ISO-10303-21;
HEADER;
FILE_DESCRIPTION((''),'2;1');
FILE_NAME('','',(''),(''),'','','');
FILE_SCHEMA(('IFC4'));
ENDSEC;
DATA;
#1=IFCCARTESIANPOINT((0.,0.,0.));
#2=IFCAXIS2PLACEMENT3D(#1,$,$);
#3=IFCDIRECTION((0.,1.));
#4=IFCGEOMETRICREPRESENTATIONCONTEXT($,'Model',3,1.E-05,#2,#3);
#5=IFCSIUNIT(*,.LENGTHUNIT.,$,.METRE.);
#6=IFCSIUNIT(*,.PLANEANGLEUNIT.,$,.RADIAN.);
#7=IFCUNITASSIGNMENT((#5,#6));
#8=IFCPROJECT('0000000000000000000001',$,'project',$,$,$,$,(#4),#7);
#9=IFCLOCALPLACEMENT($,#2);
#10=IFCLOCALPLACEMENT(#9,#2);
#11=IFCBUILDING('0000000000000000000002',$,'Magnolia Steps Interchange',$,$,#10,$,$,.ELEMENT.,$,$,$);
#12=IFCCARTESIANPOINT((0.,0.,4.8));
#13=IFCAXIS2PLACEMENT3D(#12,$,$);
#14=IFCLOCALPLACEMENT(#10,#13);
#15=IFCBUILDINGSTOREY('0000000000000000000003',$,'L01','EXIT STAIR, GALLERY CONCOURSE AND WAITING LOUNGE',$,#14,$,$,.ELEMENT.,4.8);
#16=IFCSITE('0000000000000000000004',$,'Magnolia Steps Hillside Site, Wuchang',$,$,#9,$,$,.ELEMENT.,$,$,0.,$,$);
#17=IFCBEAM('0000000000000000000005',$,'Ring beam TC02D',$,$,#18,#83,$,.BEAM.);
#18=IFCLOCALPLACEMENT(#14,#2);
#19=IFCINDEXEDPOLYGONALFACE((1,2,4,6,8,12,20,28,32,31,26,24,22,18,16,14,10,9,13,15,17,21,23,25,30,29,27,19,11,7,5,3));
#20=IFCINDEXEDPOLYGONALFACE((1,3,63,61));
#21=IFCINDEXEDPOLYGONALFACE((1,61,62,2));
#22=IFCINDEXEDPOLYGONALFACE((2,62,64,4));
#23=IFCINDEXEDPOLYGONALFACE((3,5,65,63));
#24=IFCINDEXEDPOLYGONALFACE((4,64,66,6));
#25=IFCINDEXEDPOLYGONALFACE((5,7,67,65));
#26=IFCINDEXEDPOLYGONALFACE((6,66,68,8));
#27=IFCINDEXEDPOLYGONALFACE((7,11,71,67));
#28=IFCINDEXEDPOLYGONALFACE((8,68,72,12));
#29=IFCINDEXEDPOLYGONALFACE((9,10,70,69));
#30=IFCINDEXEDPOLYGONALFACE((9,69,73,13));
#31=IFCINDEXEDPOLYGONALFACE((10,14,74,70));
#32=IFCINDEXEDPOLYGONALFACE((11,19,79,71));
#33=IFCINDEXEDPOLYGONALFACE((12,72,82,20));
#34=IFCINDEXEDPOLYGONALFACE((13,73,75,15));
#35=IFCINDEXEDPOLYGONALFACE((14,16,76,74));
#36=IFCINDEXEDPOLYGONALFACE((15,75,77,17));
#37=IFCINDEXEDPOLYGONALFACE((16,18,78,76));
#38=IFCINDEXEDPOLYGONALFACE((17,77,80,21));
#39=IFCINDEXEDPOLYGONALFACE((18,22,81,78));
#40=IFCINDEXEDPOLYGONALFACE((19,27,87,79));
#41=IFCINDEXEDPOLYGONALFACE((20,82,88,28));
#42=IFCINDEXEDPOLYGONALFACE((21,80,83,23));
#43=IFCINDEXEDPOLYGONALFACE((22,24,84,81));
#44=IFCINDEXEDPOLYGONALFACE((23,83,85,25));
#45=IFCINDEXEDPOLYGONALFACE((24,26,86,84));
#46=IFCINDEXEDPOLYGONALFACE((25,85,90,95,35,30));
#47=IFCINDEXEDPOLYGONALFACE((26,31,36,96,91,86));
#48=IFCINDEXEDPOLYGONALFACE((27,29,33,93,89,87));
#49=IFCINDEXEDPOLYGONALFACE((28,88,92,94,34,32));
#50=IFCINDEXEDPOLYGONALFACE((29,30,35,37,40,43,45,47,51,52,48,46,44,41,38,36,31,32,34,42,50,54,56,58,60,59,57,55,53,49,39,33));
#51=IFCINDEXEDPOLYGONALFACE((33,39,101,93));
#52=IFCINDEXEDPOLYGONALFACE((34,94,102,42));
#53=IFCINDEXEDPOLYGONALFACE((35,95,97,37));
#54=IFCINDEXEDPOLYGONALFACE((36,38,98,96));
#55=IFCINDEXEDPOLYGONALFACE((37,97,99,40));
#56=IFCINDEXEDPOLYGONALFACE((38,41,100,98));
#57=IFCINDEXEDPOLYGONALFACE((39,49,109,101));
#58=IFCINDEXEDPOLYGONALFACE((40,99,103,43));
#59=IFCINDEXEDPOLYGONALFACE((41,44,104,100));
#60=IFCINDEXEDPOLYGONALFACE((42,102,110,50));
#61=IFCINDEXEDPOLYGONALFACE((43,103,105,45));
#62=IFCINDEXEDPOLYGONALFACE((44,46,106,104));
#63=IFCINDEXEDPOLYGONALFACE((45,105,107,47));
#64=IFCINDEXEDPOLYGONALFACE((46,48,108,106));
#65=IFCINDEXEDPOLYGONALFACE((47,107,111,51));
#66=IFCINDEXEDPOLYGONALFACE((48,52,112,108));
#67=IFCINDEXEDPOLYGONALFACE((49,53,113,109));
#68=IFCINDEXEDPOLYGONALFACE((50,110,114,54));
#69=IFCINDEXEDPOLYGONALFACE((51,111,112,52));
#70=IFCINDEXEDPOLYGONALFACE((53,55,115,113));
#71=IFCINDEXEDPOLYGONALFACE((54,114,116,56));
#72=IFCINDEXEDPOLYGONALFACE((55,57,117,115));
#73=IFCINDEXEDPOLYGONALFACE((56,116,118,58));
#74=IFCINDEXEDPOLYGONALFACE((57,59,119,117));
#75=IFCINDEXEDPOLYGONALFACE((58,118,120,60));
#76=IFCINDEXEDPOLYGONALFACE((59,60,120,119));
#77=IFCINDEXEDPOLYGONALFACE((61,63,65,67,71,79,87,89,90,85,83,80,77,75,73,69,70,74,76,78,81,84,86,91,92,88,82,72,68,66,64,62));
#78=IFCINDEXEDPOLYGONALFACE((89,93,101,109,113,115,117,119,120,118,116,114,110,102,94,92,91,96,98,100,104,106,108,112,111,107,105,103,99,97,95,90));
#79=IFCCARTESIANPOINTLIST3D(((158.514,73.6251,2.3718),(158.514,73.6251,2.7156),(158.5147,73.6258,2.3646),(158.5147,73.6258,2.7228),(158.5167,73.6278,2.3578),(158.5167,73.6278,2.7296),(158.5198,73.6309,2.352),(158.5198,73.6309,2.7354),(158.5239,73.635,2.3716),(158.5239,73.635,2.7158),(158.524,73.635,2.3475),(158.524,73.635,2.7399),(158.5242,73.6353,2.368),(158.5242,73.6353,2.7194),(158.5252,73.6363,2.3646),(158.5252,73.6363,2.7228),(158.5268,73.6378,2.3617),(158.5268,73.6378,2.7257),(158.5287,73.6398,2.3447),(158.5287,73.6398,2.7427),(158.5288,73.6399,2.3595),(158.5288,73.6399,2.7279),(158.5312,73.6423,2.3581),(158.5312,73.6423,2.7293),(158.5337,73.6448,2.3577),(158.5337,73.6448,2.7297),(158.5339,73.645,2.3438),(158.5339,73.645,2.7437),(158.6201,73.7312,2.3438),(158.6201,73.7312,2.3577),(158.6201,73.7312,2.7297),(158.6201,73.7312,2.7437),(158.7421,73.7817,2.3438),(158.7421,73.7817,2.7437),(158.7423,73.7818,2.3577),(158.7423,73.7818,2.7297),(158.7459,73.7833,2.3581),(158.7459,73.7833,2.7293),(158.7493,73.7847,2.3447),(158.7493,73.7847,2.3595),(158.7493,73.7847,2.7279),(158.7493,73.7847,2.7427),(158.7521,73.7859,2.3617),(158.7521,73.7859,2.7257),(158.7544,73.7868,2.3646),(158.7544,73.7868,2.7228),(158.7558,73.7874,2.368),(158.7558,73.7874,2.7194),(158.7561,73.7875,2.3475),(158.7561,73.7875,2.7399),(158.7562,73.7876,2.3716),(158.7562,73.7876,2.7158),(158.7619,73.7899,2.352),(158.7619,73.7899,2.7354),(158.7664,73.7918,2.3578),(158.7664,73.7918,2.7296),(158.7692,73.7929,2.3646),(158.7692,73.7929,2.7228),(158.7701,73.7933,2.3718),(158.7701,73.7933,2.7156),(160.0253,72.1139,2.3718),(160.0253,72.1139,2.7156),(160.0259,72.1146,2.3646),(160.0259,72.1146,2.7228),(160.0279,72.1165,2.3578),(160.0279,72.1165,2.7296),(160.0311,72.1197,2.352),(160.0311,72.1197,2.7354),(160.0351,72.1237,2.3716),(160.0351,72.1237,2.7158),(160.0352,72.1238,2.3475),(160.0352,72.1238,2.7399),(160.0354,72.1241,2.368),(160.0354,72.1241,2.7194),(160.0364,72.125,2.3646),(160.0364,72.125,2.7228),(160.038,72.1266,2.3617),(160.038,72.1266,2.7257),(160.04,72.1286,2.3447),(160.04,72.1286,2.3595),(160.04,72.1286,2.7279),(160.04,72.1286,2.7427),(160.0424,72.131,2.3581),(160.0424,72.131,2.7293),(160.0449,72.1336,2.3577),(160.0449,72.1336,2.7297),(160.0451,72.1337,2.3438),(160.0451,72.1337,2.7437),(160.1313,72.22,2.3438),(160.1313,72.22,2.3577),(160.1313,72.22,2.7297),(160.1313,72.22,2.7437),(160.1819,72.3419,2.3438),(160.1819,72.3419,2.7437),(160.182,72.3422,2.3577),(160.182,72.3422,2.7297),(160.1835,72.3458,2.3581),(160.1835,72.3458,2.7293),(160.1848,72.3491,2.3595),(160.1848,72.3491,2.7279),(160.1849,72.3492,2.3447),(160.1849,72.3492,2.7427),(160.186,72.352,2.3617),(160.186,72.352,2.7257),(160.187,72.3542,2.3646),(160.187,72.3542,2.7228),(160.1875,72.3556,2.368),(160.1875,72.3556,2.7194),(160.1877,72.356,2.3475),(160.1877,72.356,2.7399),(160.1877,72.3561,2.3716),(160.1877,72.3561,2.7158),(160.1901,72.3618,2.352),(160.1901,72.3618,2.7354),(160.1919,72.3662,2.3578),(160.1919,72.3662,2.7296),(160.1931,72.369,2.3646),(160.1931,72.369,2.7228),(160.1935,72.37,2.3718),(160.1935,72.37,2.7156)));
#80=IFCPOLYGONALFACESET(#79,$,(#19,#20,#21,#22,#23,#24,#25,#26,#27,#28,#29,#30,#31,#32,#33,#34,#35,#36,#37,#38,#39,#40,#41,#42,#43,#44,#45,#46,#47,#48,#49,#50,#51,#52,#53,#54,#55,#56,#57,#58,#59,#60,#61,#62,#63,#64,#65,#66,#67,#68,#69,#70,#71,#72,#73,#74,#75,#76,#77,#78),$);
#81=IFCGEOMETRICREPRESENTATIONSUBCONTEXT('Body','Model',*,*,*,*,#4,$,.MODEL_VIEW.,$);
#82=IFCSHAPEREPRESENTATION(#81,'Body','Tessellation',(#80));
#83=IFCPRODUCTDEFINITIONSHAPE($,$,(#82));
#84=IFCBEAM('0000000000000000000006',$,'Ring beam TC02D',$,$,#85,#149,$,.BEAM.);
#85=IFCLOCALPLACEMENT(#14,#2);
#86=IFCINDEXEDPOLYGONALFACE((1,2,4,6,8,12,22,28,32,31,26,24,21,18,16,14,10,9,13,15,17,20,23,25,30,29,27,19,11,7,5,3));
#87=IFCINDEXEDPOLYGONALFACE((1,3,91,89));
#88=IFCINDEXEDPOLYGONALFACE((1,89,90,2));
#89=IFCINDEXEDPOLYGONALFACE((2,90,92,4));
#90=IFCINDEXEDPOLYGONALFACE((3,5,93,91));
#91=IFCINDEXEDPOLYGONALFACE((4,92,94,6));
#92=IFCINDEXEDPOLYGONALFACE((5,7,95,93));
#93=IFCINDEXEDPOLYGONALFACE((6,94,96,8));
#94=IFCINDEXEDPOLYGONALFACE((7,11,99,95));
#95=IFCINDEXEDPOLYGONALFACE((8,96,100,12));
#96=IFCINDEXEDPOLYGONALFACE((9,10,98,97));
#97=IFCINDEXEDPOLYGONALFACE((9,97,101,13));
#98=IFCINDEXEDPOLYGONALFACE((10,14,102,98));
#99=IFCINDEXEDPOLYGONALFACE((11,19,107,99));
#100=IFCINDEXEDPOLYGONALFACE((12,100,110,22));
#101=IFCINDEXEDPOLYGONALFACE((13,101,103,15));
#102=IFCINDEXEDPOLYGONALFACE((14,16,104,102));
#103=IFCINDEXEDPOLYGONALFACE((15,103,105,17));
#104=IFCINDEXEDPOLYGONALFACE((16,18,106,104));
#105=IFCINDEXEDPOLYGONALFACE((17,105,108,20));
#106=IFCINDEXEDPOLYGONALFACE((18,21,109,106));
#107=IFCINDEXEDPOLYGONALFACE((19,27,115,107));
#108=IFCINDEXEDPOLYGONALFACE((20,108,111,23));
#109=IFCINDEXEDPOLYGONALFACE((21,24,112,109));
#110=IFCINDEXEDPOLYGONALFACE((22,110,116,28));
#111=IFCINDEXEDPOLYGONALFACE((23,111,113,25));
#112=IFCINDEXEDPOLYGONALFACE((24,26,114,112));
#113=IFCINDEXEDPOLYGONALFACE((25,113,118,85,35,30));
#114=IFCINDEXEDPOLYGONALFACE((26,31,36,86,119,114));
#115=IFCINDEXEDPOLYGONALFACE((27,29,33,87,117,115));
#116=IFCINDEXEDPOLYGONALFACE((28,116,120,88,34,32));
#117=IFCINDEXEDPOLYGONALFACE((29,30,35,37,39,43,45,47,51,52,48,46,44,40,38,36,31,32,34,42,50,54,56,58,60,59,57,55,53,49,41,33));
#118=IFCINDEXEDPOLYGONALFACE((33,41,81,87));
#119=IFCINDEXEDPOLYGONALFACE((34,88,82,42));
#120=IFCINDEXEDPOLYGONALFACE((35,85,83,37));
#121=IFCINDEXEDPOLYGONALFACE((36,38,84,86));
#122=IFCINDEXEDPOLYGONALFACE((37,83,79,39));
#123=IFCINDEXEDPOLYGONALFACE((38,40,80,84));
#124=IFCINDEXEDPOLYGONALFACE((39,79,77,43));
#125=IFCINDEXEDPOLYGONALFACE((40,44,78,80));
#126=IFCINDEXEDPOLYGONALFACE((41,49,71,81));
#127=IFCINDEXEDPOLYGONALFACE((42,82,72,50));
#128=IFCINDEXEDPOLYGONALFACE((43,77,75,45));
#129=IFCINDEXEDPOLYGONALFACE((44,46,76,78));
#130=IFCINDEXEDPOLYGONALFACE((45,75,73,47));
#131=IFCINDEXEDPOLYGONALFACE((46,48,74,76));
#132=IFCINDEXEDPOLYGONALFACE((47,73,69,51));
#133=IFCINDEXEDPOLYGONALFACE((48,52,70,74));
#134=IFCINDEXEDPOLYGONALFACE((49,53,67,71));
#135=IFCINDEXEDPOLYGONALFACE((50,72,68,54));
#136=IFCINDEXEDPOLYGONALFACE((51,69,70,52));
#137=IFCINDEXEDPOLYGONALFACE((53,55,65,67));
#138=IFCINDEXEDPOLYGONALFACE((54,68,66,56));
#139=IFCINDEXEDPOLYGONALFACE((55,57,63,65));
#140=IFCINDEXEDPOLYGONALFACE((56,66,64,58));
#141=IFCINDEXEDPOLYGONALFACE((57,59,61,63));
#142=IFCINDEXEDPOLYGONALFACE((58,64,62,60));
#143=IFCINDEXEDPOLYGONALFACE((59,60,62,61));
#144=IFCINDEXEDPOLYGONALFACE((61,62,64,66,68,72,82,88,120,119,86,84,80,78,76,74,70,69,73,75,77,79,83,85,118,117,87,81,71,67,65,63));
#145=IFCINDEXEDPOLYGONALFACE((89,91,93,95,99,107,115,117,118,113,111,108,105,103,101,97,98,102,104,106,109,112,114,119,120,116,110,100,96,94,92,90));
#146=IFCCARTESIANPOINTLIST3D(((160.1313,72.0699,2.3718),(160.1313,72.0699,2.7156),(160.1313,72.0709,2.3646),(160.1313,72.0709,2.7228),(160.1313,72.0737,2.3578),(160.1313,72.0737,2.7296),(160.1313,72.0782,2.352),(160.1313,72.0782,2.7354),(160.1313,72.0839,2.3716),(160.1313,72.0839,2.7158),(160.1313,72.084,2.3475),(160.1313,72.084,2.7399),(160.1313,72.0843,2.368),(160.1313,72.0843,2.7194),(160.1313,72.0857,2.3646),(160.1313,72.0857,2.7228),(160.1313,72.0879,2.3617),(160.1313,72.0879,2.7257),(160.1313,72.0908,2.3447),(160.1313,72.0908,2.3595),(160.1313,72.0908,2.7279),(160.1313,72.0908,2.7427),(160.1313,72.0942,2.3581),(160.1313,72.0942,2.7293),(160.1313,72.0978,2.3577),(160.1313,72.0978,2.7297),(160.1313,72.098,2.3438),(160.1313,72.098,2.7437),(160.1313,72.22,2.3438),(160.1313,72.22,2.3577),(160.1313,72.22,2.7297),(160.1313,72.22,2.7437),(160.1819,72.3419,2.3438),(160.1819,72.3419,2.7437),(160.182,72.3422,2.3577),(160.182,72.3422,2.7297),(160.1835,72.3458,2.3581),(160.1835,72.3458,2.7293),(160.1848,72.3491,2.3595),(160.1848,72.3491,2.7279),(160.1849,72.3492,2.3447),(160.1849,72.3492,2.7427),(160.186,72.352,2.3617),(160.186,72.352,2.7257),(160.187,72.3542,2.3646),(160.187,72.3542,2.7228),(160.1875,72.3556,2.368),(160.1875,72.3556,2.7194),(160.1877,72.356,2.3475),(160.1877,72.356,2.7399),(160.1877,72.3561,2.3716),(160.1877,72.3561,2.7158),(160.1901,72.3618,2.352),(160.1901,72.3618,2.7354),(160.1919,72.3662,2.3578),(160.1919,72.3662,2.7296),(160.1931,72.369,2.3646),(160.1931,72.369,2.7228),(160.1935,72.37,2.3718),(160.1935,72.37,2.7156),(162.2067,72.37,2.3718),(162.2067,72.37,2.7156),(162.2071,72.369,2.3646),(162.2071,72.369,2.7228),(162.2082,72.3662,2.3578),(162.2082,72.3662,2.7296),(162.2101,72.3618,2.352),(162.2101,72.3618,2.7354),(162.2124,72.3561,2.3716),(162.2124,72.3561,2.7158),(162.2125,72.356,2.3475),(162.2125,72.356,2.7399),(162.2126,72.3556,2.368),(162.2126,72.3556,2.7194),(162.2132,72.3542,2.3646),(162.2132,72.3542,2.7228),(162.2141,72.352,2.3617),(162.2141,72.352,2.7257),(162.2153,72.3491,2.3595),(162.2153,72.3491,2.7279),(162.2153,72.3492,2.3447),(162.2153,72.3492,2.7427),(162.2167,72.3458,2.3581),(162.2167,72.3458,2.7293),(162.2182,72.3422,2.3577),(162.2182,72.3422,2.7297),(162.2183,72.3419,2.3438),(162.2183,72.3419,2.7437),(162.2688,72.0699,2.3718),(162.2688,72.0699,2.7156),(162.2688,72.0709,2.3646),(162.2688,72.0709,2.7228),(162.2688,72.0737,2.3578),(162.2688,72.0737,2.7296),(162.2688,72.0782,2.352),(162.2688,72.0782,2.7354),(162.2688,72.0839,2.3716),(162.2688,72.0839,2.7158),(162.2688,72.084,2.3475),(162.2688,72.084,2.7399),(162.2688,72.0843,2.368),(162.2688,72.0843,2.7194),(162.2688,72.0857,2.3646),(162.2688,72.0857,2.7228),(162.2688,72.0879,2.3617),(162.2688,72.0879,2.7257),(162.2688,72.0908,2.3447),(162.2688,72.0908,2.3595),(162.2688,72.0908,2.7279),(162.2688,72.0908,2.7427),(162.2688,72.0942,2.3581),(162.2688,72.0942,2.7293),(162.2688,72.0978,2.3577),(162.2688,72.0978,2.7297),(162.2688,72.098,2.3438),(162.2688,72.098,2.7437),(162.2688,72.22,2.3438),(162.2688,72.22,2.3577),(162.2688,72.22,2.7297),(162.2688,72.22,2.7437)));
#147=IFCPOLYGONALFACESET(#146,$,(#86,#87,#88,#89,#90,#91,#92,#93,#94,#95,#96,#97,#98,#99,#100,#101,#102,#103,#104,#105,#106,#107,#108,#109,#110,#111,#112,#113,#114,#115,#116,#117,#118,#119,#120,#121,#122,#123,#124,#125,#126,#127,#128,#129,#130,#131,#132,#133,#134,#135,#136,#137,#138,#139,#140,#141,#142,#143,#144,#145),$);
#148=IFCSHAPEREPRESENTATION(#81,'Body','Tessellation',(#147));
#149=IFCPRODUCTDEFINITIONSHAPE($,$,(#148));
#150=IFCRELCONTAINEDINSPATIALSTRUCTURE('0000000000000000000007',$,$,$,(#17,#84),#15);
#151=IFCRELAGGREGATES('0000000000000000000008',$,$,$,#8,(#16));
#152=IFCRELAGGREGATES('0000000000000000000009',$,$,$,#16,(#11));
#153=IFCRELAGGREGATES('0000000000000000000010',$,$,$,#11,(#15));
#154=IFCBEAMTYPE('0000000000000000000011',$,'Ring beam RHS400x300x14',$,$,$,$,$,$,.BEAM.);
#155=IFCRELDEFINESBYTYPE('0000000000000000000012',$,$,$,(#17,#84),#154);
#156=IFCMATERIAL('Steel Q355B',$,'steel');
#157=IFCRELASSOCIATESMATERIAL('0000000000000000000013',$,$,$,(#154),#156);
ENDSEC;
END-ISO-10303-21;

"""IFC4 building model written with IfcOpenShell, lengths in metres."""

from ifc_helpers import new_model, si_unit, direction, frame, origin, origin_2d, place, context, subcontext, project, spatial, hollow_rectangle, extrude, clip, halfspace, material, material_profile, profile_set, type_object, element, save


model = new_model("IFC4")

# Units and contexts
model_context = context("Model", 3, precision=1e-05, world=origin(), true_north=direction((0.0, 1.0)))
body_context = subcontext(model_context, "Body", "Model", "MODEL_VIEW")
ifc_project = project(units=[si_unit("LENGTHUNIT", "METRE"), si_unit("PLANEANGLEUNIT", "RADIAN")], contexts=[model_context])

# Site, building, storey
site_placement = place(None, origin())
site = spatial("IfcSite", under=ifc_project, at=site_placement, Name="Magnolia Steps Hillside Site, Wuchang", CompositionType="ELEMENT", RefElevation=0.0)
building_placement = place(site_placement, origin())
building = spatial("IfcBuilding", under=site, at=building_placement, Name="Magnolia Steps Interchange", CompositionType="ELEMENT")
storey_placement = place(building_placement, frame((0.0, 0.0, 4.8)))
storey = spatial("IfcBuildingStorey", under=building, at=storey_placement, Name="L01", Description="EXIT STAIR, GALLERY CONCOURSE AND WAITING LOUNGE", CompositionType="ELEMENT", Elevation=4.8)

# Beams
ifc_material_1 = material(Name="Steel Q355B", Category="steel")
ifc_material_profile_1 = material_profile(ifc_material_1, hollow_rectangle(XDim=0.3, YDim=0.3999, WallThickness=0.0139, InnerFilletRadius=0.0139, OuterFilletRadius=0.0281, at=origin_2d()), Name="RHS400x300x14")
ifc_profile_set_1 = profile_set([ifc_material_profile_1], Name="Steel Q355B")
beam_type = type_object("IfcBeamType", Name="Ring beam RHS400x300x14", PredefinedType="BEAM", material=ifc_profile_set_1)
beam_1_placement = place(storey_placement, frame((158.6201, 73.7312, 2.5437), z_axis=(0.707107, -0.707107, 0.0), x_axis=(0.707107, 0.707107, 0.0)))
element("IfcBeam", 1, at=beam_1_placement, inside=storey, type_object=beam_type, Name="Ring beam TC02D", PredefinedType="BEAM", context=body_context, shape_type="Clipping", body=[
    clip(clip(extrude(hollow_rectangle(XDim=0.3, YDim=0.3999, WallThickness=0.0139, InnerFilletRadius=0.0139, OuterFilletRadius=0.0281, at=origin_2d()), origin(), (0.0, 0.0, 1.0), 2.1372), halfspace(frame((0.0, 0.0, 0.0), z_axis=(0.382683, 0.0, -0.92388), x_axis=(0.92388, 0.0, 0.382683)), False)), halfspace(frame((0.0, 0.0, 2.1372), z_axis=(0.382683, 0.0, 0.92388), x_axis=(0.92388, 0.0, -0.382683)), False)),
])
beam_2_placement = place(storey_placement, frame((160.1313, 72.22, 2.5437), z_axis=(1.0, 0.0, 0.0), x_axis=(0.0, 1.0, 0.0)))
element("IfcBeam", 2, at=beam_2_placement, inside=storey, type_object=beam_type, Name="Ring beam TC02D", PredefinedType="BEAM", context=body_context, shape_type="Clipping", body=[
    clip(clip(extrude(hollow_rectangle(XDim=0.3, YDim=0.3999, WallThickness=0.0139, InnerFilletRadius=0.0139, OuterFilletRadius=0.0281, at=origin_2d()), origin(), (0.0, 0.0, 1.0), 2.1375), halfspace(frame((0.0, 0.0, 0.0), z_axis=(0.382683, 0.0, -0.92388), x_axis=(0.92388, 0.0, 0.382683)), False)), halfspace(frame((0.0, 0.0, 2.1375), z_axis=(0.382683, 0.0, 0.92388), x_axis=(0.92388, 0.0, -0.382683)), False)),
])

save(model, "model.ifc")
